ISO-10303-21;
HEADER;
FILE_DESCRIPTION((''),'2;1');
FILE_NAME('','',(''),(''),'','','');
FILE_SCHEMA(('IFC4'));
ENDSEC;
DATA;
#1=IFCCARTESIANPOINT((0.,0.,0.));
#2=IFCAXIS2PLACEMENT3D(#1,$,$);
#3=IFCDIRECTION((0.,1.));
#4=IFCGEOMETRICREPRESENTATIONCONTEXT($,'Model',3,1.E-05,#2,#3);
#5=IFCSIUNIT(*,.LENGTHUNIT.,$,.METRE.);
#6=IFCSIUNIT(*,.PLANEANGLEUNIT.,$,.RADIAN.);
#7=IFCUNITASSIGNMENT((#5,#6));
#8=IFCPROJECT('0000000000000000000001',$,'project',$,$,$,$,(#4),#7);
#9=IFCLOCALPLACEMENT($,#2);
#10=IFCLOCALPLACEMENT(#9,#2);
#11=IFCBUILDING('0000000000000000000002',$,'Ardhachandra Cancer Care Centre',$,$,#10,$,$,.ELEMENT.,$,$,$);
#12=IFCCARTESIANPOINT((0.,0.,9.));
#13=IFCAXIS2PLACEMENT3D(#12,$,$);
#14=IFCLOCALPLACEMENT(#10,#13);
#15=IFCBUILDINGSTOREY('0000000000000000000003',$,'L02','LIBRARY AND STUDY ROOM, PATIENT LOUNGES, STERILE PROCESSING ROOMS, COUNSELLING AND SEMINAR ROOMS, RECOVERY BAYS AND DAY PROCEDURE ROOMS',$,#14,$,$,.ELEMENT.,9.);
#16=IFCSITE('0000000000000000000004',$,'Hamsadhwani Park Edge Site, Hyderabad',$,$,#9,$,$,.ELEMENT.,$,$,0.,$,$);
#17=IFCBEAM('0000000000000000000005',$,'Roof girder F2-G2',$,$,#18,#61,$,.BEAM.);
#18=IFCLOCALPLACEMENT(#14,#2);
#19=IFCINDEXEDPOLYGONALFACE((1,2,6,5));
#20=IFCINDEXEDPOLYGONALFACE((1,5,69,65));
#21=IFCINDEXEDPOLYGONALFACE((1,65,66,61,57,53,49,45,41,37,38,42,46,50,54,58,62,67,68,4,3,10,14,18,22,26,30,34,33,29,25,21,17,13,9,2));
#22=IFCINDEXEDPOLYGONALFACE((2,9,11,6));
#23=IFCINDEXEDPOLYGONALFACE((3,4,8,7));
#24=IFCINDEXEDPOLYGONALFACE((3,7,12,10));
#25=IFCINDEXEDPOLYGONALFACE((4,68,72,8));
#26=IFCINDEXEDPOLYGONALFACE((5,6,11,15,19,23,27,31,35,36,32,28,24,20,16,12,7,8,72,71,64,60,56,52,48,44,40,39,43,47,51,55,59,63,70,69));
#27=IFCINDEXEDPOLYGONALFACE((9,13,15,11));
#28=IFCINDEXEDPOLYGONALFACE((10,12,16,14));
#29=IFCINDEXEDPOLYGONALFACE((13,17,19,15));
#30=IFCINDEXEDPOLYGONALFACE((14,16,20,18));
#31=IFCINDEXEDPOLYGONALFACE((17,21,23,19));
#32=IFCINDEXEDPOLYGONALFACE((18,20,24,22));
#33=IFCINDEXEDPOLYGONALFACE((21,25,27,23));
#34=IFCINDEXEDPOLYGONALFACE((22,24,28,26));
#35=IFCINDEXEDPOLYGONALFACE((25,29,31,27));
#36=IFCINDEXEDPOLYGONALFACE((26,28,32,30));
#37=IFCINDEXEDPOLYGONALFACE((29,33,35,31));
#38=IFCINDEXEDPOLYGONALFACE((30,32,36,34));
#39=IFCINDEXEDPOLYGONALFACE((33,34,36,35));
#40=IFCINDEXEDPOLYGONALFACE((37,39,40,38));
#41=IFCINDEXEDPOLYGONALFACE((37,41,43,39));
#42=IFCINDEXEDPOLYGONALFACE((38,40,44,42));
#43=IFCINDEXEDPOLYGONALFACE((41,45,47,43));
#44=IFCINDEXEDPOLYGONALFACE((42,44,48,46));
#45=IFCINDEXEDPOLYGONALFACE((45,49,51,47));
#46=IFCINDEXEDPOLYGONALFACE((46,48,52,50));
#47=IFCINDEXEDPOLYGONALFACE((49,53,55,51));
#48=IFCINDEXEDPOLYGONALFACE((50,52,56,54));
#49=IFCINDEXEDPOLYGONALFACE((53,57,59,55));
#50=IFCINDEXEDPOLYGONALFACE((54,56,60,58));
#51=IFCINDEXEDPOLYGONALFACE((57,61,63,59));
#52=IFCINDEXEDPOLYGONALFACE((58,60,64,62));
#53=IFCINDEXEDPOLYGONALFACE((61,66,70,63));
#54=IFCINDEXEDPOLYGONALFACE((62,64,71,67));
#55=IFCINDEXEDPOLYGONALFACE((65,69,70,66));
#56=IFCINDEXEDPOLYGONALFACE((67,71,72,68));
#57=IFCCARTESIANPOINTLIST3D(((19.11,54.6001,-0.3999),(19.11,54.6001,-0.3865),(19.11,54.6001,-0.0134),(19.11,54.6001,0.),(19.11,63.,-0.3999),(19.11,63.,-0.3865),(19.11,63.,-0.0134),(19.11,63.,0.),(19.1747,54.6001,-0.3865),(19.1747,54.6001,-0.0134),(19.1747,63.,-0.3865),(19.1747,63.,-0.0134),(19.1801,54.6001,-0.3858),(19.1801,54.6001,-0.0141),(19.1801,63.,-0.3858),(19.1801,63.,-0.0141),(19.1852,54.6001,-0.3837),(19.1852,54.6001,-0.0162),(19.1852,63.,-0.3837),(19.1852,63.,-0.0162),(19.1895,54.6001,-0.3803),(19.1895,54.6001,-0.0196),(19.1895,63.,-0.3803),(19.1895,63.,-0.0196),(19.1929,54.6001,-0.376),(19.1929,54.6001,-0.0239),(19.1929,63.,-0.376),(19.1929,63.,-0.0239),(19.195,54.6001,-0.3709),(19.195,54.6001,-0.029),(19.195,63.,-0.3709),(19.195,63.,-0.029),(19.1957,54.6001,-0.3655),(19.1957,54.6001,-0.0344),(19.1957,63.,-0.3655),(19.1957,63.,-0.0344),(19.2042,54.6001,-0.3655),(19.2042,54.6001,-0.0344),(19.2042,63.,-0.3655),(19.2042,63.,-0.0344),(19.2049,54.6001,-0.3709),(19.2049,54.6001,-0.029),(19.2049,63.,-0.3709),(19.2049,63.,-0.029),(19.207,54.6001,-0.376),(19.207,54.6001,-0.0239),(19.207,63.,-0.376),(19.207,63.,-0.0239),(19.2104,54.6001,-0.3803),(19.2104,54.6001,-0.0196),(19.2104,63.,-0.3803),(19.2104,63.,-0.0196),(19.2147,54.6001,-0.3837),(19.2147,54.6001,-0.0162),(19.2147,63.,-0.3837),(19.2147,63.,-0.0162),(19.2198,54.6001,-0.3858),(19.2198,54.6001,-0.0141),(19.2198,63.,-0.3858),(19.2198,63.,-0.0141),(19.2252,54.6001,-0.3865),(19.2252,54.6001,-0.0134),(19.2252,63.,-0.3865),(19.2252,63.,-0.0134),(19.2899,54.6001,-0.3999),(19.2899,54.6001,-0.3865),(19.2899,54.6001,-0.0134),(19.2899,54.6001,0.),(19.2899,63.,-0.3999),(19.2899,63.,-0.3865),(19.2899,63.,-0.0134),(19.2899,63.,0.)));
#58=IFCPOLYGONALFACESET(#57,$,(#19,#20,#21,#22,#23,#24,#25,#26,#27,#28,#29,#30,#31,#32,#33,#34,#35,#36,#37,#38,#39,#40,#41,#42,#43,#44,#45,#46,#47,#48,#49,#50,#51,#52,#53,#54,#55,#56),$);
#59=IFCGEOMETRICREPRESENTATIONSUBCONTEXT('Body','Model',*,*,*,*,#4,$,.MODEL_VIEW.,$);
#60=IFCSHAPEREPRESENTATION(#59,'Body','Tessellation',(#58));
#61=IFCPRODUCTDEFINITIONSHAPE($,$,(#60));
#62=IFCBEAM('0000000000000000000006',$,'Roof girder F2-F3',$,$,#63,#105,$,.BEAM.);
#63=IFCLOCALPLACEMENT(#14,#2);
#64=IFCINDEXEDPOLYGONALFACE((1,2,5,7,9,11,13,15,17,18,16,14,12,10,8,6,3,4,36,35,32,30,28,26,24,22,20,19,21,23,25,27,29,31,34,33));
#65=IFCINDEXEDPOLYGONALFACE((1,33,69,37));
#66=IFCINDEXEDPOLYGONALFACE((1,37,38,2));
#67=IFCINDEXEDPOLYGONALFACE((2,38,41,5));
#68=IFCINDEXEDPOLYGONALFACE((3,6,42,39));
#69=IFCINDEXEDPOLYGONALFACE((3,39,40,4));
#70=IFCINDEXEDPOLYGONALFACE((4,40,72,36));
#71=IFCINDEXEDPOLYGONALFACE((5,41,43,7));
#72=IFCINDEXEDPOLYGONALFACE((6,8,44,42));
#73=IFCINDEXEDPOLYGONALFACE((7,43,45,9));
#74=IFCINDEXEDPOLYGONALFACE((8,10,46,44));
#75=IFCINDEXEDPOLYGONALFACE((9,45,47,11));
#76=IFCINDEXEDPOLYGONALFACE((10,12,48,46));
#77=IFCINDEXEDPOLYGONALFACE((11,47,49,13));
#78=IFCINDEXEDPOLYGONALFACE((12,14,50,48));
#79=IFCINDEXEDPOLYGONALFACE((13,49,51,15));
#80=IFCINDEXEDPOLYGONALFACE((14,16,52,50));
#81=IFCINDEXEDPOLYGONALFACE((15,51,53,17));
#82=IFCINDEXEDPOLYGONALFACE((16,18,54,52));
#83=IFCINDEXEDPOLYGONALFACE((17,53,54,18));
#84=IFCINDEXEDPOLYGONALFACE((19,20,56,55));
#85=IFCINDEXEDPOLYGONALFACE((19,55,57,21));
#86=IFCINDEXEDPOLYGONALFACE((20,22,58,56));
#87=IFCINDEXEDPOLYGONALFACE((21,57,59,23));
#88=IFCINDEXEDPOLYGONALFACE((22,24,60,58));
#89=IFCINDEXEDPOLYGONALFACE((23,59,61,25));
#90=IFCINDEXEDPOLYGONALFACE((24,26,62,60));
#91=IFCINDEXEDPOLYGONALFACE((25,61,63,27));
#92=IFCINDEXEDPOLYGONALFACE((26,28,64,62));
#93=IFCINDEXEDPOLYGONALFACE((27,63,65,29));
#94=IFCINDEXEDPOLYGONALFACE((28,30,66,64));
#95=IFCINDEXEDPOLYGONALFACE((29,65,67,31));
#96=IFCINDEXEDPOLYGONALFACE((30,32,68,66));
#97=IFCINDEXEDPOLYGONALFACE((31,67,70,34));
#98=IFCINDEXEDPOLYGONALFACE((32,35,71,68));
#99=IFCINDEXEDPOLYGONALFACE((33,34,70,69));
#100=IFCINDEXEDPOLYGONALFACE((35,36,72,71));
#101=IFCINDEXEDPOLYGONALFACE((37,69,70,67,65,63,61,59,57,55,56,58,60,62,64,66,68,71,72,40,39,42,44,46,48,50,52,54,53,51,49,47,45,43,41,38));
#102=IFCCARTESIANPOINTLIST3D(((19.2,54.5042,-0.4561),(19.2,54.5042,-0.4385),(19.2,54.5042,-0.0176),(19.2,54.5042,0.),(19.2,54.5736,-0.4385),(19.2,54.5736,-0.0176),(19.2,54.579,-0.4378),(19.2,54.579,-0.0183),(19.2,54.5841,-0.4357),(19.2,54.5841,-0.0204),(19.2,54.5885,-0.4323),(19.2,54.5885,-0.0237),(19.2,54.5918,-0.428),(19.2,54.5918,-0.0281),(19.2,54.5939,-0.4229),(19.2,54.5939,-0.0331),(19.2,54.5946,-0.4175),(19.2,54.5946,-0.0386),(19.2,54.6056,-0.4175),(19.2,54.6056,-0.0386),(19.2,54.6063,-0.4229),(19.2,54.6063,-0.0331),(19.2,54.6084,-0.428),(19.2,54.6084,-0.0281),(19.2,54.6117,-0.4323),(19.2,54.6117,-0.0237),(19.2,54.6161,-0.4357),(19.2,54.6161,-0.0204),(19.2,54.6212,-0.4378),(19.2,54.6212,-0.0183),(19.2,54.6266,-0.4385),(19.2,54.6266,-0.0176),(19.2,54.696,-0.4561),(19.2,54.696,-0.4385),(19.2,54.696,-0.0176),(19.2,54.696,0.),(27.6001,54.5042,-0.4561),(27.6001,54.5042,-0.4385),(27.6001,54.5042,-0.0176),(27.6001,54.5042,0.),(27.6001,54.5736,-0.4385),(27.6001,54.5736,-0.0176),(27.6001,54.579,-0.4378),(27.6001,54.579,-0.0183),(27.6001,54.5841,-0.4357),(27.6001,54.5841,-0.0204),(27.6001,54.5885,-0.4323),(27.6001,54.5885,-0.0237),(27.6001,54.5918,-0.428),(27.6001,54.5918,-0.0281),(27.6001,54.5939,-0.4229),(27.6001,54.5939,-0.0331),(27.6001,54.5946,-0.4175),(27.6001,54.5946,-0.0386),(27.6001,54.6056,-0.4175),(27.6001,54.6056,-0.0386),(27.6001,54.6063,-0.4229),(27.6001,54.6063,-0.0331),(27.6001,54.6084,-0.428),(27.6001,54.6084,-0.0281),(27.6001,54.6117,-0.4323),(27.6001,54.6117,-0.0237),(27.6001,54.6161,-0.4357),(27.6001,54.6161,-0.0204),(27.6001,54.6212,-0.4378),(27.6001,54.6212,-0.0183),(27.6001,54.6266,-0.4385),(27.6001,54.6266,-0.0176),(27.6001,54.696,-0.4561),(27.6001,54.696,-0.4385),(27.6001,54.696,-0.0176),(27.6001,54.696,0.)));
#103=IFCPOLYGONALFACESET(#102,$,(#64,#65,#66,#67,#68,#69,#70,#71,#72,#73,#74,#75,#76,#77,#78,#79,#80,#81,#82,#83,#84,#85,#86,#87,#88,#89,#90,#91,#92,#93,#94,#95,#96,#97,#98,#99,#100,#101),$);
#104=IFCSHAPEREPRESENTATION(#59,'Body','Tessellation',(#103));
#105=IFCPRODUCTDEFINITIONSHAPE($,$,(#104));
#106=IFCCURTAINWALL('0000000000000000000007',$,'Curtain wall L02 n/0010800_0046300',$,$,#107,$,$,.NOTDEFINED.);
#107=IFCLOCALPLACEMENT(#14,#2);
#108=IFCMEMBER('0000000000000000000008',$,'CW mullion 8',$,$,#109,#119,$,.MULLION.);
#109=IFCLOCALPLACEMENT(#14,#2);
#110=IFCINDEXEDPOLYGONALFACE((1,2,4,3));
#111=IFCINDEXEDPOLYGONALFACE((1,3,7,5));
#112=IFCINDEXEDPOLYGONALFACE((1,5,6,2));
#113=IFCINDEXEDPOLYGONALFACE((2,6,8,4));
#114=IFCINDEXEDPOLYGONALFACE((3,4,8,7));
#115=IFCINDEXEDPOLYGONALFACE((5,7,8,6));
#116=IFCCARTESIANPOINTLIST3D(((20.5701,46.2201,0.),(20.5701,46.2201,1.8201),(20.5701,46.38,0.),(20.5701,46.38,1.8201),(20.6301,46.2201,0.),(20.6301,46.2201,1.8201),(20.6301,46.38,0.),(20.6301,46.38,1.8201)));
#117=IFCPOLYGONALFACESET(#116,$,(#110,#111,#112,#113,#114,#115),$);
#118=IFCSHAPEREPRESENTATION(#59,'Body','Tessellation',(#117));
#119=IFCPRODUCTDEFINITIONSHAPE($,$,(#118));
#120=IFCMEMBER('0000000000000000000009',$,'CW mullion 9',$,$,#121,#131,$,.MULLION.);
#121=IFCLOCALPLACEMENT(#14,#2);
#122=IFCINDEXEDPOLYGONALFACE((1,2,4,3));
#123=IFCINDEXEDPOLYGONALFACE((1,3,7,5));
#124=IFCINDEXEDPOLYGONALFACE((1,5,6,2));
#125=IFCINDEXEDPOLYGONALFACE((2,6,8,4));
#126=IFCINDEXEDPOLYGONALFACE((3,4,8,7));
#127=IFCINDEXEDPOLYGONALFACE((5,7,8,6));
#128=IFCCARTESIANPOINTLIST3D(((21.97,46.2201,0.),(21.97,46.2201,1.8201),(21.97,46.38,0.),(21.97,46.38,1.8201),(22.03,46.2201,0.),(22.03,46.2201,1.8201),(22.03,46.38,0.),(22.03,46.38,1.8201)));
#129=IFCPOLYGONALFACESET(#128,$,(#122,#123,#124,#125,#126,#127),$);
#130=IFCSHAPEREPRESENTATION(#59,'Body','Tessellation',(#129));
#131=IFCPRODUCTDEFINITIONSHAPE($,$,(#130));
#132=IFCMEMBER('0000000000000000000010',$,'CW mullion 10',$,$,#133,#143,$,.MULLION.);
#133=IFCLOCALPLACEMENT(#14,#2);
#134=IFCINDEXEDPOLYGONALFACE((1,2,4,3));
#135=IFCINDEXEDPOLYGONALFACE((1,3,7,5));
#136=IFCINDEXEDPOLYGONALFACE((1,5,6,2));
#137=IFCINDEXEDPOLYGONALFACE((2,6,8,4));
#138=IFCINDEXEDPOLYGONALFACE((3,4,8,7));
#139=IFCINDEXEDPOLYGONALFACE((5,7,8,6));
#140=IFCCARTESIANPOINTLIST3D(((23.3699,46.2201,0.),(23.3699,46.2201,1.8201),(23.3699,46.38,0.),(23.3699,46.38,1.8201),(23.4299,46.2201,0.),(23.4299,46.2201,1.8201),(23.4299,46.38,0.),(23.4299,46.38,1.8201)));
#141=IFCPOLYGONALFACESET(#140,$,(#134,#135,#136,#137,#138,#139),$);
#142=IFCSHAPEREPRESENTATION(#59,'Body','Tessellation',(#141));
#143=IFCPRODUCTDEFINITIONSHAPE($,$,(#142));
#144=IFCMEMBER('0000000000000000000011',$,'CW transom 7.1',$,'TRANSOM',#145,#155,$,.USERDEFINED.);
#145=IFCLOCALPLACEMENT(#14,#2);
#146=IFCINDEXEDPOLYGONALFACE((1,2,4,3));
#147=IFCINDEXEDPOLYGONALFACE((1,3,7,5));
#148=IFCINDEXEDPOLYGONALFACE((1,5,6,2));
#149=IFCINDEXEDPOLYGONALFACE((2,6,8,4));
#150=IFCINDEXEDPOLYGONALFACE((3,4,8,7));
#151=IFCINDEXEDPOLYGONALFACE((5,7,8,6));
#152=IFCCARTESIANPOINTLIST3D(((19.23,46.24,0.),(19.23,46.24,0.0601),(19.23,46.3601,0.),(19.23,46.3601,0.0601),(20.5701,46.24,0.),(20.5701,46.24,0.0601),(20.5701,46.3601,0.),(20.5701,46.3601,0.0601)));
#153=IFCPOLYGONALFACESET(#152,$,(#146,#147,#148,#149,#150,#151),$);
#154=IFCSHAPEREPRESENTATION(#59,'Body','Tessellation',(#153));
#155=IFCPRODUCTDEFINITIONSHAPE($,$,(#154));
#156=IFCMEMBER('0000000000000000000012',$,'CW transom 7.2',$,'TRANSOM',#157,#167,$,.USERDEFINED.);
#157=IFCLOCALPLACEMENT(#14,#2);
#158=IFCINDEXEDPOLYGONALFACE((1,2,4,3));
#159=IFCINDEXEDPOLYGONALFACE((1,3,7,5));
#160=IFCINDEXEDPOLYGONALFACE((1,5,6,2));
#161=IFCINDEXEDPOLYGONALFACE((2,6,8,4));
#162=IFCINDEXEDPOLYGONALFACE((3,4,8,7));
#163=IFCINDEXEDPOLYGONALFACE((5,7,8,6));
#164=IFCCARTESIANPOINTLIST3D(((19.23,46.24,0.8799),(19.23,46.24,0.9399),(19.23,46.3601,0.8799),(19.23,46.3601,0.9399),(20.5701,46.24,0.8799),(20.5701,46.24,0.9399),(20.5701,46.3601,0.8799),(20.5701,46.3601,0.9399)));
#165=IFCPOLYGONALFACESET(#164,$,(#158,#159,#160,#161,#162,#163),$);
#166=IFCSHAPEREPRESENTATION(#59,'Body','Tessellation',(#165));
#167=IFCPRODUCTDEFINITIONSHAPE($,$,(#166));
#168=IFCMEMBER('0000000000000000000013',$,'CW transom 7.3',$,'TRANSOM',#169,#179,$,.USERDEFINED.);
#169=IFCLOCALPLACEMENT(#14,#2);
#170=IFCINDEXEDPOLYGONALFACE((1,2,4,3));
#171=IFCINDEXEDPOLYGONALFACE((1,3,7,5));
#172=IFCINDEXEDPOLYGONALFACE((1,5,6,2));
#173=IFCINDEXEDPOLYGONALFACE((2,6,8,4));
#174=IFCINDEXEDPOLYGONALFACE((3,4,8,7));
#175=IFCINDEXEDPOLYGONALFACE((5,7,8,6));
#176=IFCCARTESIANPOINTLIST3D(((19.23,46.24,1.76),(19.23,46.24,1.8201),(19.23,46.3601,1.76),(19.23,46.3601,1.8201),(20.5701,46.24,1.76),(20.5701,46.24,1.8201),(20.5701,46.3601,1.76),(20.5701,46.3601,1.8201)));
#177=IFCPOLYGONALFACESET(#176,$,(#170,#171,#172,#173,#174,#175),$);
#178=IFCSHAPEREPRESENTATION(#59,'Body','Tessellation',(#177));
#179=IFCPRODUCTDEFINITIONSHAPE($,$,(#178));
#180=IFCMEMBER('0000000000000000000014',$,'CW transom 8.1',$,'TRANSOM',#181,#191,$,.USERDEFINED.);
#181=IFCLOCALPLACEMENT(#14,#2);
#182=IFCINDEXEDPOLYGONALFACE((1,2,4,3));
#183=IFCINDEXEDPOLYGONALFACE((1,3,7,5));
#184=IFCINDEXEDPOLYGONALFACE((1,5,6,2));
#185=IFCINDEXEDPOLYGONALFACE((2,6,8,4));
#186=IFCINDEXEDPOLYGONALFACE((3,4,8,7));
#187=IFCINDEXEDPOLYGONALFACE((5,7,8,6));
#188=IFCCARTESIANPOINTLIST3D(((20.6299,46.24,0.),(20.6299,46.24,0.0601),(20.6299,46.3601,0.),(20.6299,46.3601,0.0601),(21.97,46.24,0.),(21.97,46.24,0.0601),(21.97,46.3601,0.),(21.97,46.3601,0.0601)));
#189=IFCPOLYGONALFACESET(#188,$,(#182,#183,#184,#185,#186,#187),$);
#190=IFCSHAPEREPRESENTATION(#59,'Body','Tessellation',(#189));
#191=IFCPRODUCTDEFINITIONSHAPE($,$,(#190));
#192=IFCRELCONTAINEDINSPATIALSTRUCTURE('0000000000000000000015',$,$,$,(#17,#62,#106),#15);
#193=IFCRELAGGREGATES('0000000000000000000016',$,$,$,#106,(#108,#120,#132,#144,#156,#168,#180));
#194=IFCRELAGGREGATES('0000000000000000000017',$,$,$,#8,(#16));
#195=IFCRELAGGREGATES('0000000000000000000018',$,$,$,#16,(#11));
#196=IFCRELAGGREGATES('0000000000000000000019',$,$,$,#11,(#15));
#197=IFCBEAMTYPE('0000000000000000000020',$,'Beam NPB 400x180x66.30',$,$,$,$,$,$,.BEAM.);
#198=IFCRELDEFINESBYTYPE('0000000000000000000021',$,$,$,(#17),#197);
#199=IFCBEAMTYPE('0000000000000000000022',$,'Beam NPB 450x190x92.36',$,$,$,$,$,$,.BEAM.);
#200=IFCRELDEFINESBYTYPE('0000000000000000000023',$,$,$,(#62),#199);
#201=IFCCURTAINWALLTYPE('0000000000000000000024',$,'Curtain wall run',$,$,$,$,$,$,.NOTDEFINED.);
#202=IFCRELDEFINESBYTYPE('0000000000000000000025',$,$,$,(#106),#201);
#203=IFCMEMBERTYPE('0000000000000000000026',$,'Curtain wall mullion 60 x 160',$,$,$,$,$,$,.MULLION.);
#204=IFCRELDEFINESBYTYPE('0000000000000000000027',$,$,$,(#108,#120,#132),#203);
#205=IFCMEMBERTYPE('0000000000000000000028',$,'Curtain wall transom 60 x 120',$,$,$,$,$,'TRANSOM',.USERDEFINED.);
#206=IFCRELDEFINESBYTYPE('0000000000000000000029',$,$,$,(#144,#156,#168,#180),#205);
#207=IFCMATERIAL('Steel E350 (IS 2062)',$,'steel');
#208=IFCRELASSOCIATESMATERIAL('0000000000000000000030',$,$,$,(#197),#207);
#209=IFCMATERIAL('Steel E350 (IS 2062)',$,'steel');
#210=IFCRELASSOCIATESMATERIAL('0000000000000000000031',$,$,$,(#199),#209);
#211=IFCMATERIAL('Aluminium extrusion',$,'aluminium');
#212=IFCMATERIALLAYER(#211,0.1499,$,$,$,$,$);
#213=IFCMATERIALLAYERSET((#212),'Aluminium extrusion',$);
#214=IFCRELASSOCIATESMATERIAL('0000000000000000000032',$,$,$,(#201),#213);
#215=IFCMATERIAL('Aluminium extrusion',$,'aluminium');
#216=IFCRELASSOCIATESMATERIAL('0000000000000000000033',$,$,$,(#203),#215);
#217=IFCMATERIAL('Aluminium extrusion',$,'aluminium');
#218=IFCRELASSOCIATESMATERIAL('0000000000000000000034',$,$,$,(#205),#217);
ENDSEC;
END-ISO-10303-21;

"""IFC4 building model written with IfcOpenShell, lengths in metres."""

from ifc_helpers import new_model, si_unit, direction, frame, origin, origin_2d, place, context, subcontext, project, spatial, rectangle, i_section, extrude, material, layer, layer_set, material_profile, profile_set, type_object, element, aggregate, save


model = new_model("IFC4")

# Units and contexts
model_context = context("Model", 3, precision=1e-05, world=origin(), true_north=direction((0.0, 1.0)))
body_context = subcontext(model_context, "Body", "Model", "MODEL_VIEW")
ifc_project = project(units=[si_unit("LENGTHUNIT", "METRE"), si_unit("PLANEANGLEUNIT", "RADIAN")], contexts=[model_context])

# Site, building, storey
site_placement = place(None, origin())
site = spatial("IfcSite", under=ifc_project, at=site_placement, Name="Hamsadhwani Park Edge Site, Hyderabad", CompositionType="ELEMENT", RefElevation=0.0)
building_placement = place(site_placement, origin())
building = spatial("IfcBuilding", under=site, at=building_placement, Name="Ardhachandra Cancer Care Centre", CompositionType="ELEMENT")
storey_placement = place(building_placement, frame((0.0, 0.0, 9.0)))
storey = spatial("IfcBuildingStorey", under=building, at=storey_placement, Name="L02", Description="LIBRARY AND STUDY ROOM, PATIENT LOUNGES, STERILE PROCESSING ROOMS, COUNSELLING AND SEMINAR ROOMS, RECOVERY BAYS AND DAY PROCEDURE ROOMS", CompositionType="ELEMENT", Elevation=9.0)

# Beams
ifc_material_1 = material(Name="Steel E350 (IS 2062)", Category="steel")
ifc_material_profile_1 = material_profile(ifc_material_1, i_section(OverallWidth=0.1799, OverallDepth=0.3999, WebThickness=0.0085, FlangeThickness=0.0134, FilletRadius=0.021, at=origin_2d()), Name="NPB 400x180x66.30")
ifc_profile_set_1 = profile_set([ifc_material_profile_1], Name="Steel E350 (IS 2062)")
beam_type_1 = type_object("IfcBeamType", Name="Beam NPB 400x180x66.30", PredefinedType="BEAM", material=ifc_profile_set_1)
beam_1_placement = place(storey_placement, frame((19.2, 54.6001, -0.2), z_axis=(0.0, 1.0, 0.0), x_axis=(-1.0, 0.0, 0.0)))
element("IfcBeam", 1, at=beam_1_placement, inside=storey, type_object=beam_type_1, Name="Roof girder F2-G2", PredefinedType="BEAM", context=body_context, shape_type="SweptSolid", body=[
    extrude(i_section(OverallWidth=0.1799, OverallDepth=0.3999, WebThickness=0.0085, FlangeThickness=0.0134, FilletRadius=0.021, at=origin_2d()), origin(), (0.0, 0.0, 1.0), 8.3999),
])
ifc_material_2 = material(Name="Steel E350 (IS 2062)", Category="steel")
ifc_material_profile_2 = material_profile(ifc_material_2, i_section(OverallWidth=0.1919, OverallDepth=0.4561, WebThickness=0.011, FlangeThickness=0.0176, FilletRadius=0.021, at=origin_2d()), Name="NPB 450x190x92.36")
ifc_profile_set_2 = profile_set([ifc_material_profile_2], Name="Steel E350 (IS 2062)")
beam_type_2 = type_object("IfcBeamType", Name="Beam NPB 450x190x92.36", PredefinedType="BEAM", material=ifc_profile_set_2)
beam_2_placement = place(storey_placement, frame((19.2, 54.6001, -0.228), z_axis=(1.0, 0.0, 0.0), x_axis=(0.0, 1.0, 0.0)))
element("IfcBeam", 2, at=beam_2_placement, inside=storey, type_object=beam_type_2, Name="Roof girder F2-F3", PredefinedType="BEAM", context=body_context, shape_type="SweptSolid", body=[
    extrude(i_section(OverallWidth=0.1919, OverallDepth=0.4561, WebThickness=0.011, FlangeThickness=0.0176, FilletRadius=0.021, at=origin_2d()), origin(), (0.0, 0.0, 1.0), 8.4001),
])

# Curtain wall, members
ifc_material_3 = material(Name="Aluminium extrusion", Category="aluminium")
ifc_layer_1 = layer(ifc_material_3, 0.1499)
ifc_layer_set_1 = layer_set([ifc_layer_1], Name="Aluminium extrusion")
curtain_wall_type = type_object("IfcCurtainWallType", Name="Curtain wall run", PredefinedType="NOTDEFINED", material=ifc_layer_set_1)
curtain_wall_placement = place(storey_placement, origin())
curtain_wall = element("IfcCurtainWall", 3, at=curtain_wall_placement, inside=storey, type_object=curtain_wall_type, Name="Curtain wall L02 n/0010800_0046300", PredefinedType="NOTDEFINED")
ifc_material_4 = material(Name="Aluminium extrusion", Category="aluminium")
ifc_material_profile_3 = material_profile(ifc_material_4, rectangle(XDim=0.1599, YDim=0.0601, at=origin_2d()), Name="Curtain wall mullion 60 x 160")
ifc_profile_set_3 = profile_set([ifc_material_profile_3], Name="Aluminium extrusion")
member_type_1 = type_object("IfcMemberType", Name="Curtain wall mullion 60 x 160", PredefinedType="MULLION", material=ifc_profile_set_3)
member_1_placement = place(storey_placement, frame((20.6001, 46.3, 0.0), z_axis=(0.0, 0.0, 1.0), x_axis=(0.0, 1.0, 0.0)))
member_1 = element("IfcMember", 4, at=member_1_placement, type_object=member_type_1, Name="CW mullion 8", PredefinedType="MULLION", context=body_context, shape_type="SweptSolid", body=[
    extrude(rectangle(XDim=0.1599, YDim=0.0601, at=origin_2d()), origin(), (0.0, 0.0, 1.0), 1.8201),
])
member_2_placement = place(storey_placement, frame((22.0, 46.3, 0.0), z_axis=(0.0, 0.0, 1.0), x_axis=(0.0, 1.0, 0.0)))
member_2 = element("IfcMember", 5, at=member_2_placement, type_object=member_type_1, Name="CW mullion 9", PredefinedType="MULLION", context=body_context, shape_type="SweptSolid", body=[
    extrude(rectangle(XDim=0.1599, YDim=0.0601, at=origin_2d()), origin(), (0.0, 0.0, 1.0), 1.8201),
])
member_3_placement = place(storey_placement, frame((23.3999, 46.3, 0.0), z_axis=(0.0, 0.0, 1.0), x_axis=(0.0, 1.0, 0.0)))
member_3 = element("IfcMember", 6, at=member_3_placement, type_object=member_type_1, Name="CW mullion 10", PredefinedType="MULLION", context=body_context, shape_type="SweptSolid", body=[
    extrude(rectangle(XDim=0.1599, YDim=0.0601, at=origin_2d()), origin(), (0.0, 0.0, 1.0), 1.8201),
])
ifc_material_5 = material(Name="Aluminium extrusion", Category="aluminium")
ifc_material_profile_4 = material_profile(ifc_material_5, rectangle(XDim=0.1201, YDim=0.0601, at=origin_2d()), Name="Curtain wall transom 60 x 120")
ifc_profile_set_4 = profile_set([ifc_material_profile_4], Name="Aluminium extrusion")
member_type_2 = type_object("IfcMemberType", Name="Curtain wall transom 60 x 120", ElementType="TRANSOM", PredefinedType="USERDEFINED", material=ifc_profile_set_4)
member_4_placement = place(storey_placement, frame((19.23, 46.3, 0.03), z_axis=(1.0, 0.0, 0.0), x_axis=(0.0, 1.0, 0.0)))
member_4 = element("IfcMember", 7, at=member_4_placement, type_object=member_type_2, Name="CW transom 7.1", ObjectType="TRANSOM", PredefinedType="USERDEFINED", context=body_context, shape_type="SweptSolid", body=[
    extrude(rectangle(XDim=0.1201, YDim=0.0601, at=origin_2d()), origin(), (0.0, 0.0, 1.0), 1.3401),
])
member_5_placement = place(storey_placement, frame((19.23, 46.3, 0.9099), z_axis=(1.0, 0.0, 0.0), x_axis=(0.0, 1.0, 0.0)))
member_5 = element("IfcMember", 8, at=member_5_placement, type_object=member_type_2, Name="CW transom 7.2", ObjectType="TRANSOM", PredefinedType="USERDEFINED", context=body_context, shape_type="SweptSolid", body=[
    extrude(rectangle(XDim=0.1201, YDim=0.0601, at=origin_2d()), origin(), (0.0, 0.0, 1.0), 1.3401),
])
member_6_placement = place(storey_placement, frame((19.23, 46.3, 1.79), z_axis=(1.0, 0.0, 0.0), x_axis=(0.0, 1.0, 0.0)))
member_6 = element("IfcMember", 9, at=member_6_placement, type_object=member_type_2, Name="CW transom 7.3", ObjectType="TRANSOM", PredefinedType="USERDEFINED", context=body_context, shape_type="SweptSolid", body=[
    extrude(rectangle(XDim=0.1201, YDim=0.0601, at=origin_2d()), origin(), (0.0, 0.0, 1.0), 1.3401),
])
member_7_placement = place(storey_placement, frame((20.6299, 46.3, 0.03), z_axis=(1.0, 0.0, 0.0), x_axis=(0.0, 1.0, 0.0)))
member_7 = element("IfcMember", 10, at=member_7_placement, type_object=member_type_2, Name="CW transom 8.1", ObjectType="TRANSOM", PredefinedType="USERDEFINED", context=body_context, shape_type="SweptSolid", body=[
    extrude(rectangle(XDim=0.1201, YDim=0.0601, at=origin_2d()), origin(), (0.0, 0.0, 1.0), 1.3401),
])

aggregate(curtain_wall, [member_1, member_2, member_3, member_4, member_5, member_6, member_7])

save(model, "model.ifc")
